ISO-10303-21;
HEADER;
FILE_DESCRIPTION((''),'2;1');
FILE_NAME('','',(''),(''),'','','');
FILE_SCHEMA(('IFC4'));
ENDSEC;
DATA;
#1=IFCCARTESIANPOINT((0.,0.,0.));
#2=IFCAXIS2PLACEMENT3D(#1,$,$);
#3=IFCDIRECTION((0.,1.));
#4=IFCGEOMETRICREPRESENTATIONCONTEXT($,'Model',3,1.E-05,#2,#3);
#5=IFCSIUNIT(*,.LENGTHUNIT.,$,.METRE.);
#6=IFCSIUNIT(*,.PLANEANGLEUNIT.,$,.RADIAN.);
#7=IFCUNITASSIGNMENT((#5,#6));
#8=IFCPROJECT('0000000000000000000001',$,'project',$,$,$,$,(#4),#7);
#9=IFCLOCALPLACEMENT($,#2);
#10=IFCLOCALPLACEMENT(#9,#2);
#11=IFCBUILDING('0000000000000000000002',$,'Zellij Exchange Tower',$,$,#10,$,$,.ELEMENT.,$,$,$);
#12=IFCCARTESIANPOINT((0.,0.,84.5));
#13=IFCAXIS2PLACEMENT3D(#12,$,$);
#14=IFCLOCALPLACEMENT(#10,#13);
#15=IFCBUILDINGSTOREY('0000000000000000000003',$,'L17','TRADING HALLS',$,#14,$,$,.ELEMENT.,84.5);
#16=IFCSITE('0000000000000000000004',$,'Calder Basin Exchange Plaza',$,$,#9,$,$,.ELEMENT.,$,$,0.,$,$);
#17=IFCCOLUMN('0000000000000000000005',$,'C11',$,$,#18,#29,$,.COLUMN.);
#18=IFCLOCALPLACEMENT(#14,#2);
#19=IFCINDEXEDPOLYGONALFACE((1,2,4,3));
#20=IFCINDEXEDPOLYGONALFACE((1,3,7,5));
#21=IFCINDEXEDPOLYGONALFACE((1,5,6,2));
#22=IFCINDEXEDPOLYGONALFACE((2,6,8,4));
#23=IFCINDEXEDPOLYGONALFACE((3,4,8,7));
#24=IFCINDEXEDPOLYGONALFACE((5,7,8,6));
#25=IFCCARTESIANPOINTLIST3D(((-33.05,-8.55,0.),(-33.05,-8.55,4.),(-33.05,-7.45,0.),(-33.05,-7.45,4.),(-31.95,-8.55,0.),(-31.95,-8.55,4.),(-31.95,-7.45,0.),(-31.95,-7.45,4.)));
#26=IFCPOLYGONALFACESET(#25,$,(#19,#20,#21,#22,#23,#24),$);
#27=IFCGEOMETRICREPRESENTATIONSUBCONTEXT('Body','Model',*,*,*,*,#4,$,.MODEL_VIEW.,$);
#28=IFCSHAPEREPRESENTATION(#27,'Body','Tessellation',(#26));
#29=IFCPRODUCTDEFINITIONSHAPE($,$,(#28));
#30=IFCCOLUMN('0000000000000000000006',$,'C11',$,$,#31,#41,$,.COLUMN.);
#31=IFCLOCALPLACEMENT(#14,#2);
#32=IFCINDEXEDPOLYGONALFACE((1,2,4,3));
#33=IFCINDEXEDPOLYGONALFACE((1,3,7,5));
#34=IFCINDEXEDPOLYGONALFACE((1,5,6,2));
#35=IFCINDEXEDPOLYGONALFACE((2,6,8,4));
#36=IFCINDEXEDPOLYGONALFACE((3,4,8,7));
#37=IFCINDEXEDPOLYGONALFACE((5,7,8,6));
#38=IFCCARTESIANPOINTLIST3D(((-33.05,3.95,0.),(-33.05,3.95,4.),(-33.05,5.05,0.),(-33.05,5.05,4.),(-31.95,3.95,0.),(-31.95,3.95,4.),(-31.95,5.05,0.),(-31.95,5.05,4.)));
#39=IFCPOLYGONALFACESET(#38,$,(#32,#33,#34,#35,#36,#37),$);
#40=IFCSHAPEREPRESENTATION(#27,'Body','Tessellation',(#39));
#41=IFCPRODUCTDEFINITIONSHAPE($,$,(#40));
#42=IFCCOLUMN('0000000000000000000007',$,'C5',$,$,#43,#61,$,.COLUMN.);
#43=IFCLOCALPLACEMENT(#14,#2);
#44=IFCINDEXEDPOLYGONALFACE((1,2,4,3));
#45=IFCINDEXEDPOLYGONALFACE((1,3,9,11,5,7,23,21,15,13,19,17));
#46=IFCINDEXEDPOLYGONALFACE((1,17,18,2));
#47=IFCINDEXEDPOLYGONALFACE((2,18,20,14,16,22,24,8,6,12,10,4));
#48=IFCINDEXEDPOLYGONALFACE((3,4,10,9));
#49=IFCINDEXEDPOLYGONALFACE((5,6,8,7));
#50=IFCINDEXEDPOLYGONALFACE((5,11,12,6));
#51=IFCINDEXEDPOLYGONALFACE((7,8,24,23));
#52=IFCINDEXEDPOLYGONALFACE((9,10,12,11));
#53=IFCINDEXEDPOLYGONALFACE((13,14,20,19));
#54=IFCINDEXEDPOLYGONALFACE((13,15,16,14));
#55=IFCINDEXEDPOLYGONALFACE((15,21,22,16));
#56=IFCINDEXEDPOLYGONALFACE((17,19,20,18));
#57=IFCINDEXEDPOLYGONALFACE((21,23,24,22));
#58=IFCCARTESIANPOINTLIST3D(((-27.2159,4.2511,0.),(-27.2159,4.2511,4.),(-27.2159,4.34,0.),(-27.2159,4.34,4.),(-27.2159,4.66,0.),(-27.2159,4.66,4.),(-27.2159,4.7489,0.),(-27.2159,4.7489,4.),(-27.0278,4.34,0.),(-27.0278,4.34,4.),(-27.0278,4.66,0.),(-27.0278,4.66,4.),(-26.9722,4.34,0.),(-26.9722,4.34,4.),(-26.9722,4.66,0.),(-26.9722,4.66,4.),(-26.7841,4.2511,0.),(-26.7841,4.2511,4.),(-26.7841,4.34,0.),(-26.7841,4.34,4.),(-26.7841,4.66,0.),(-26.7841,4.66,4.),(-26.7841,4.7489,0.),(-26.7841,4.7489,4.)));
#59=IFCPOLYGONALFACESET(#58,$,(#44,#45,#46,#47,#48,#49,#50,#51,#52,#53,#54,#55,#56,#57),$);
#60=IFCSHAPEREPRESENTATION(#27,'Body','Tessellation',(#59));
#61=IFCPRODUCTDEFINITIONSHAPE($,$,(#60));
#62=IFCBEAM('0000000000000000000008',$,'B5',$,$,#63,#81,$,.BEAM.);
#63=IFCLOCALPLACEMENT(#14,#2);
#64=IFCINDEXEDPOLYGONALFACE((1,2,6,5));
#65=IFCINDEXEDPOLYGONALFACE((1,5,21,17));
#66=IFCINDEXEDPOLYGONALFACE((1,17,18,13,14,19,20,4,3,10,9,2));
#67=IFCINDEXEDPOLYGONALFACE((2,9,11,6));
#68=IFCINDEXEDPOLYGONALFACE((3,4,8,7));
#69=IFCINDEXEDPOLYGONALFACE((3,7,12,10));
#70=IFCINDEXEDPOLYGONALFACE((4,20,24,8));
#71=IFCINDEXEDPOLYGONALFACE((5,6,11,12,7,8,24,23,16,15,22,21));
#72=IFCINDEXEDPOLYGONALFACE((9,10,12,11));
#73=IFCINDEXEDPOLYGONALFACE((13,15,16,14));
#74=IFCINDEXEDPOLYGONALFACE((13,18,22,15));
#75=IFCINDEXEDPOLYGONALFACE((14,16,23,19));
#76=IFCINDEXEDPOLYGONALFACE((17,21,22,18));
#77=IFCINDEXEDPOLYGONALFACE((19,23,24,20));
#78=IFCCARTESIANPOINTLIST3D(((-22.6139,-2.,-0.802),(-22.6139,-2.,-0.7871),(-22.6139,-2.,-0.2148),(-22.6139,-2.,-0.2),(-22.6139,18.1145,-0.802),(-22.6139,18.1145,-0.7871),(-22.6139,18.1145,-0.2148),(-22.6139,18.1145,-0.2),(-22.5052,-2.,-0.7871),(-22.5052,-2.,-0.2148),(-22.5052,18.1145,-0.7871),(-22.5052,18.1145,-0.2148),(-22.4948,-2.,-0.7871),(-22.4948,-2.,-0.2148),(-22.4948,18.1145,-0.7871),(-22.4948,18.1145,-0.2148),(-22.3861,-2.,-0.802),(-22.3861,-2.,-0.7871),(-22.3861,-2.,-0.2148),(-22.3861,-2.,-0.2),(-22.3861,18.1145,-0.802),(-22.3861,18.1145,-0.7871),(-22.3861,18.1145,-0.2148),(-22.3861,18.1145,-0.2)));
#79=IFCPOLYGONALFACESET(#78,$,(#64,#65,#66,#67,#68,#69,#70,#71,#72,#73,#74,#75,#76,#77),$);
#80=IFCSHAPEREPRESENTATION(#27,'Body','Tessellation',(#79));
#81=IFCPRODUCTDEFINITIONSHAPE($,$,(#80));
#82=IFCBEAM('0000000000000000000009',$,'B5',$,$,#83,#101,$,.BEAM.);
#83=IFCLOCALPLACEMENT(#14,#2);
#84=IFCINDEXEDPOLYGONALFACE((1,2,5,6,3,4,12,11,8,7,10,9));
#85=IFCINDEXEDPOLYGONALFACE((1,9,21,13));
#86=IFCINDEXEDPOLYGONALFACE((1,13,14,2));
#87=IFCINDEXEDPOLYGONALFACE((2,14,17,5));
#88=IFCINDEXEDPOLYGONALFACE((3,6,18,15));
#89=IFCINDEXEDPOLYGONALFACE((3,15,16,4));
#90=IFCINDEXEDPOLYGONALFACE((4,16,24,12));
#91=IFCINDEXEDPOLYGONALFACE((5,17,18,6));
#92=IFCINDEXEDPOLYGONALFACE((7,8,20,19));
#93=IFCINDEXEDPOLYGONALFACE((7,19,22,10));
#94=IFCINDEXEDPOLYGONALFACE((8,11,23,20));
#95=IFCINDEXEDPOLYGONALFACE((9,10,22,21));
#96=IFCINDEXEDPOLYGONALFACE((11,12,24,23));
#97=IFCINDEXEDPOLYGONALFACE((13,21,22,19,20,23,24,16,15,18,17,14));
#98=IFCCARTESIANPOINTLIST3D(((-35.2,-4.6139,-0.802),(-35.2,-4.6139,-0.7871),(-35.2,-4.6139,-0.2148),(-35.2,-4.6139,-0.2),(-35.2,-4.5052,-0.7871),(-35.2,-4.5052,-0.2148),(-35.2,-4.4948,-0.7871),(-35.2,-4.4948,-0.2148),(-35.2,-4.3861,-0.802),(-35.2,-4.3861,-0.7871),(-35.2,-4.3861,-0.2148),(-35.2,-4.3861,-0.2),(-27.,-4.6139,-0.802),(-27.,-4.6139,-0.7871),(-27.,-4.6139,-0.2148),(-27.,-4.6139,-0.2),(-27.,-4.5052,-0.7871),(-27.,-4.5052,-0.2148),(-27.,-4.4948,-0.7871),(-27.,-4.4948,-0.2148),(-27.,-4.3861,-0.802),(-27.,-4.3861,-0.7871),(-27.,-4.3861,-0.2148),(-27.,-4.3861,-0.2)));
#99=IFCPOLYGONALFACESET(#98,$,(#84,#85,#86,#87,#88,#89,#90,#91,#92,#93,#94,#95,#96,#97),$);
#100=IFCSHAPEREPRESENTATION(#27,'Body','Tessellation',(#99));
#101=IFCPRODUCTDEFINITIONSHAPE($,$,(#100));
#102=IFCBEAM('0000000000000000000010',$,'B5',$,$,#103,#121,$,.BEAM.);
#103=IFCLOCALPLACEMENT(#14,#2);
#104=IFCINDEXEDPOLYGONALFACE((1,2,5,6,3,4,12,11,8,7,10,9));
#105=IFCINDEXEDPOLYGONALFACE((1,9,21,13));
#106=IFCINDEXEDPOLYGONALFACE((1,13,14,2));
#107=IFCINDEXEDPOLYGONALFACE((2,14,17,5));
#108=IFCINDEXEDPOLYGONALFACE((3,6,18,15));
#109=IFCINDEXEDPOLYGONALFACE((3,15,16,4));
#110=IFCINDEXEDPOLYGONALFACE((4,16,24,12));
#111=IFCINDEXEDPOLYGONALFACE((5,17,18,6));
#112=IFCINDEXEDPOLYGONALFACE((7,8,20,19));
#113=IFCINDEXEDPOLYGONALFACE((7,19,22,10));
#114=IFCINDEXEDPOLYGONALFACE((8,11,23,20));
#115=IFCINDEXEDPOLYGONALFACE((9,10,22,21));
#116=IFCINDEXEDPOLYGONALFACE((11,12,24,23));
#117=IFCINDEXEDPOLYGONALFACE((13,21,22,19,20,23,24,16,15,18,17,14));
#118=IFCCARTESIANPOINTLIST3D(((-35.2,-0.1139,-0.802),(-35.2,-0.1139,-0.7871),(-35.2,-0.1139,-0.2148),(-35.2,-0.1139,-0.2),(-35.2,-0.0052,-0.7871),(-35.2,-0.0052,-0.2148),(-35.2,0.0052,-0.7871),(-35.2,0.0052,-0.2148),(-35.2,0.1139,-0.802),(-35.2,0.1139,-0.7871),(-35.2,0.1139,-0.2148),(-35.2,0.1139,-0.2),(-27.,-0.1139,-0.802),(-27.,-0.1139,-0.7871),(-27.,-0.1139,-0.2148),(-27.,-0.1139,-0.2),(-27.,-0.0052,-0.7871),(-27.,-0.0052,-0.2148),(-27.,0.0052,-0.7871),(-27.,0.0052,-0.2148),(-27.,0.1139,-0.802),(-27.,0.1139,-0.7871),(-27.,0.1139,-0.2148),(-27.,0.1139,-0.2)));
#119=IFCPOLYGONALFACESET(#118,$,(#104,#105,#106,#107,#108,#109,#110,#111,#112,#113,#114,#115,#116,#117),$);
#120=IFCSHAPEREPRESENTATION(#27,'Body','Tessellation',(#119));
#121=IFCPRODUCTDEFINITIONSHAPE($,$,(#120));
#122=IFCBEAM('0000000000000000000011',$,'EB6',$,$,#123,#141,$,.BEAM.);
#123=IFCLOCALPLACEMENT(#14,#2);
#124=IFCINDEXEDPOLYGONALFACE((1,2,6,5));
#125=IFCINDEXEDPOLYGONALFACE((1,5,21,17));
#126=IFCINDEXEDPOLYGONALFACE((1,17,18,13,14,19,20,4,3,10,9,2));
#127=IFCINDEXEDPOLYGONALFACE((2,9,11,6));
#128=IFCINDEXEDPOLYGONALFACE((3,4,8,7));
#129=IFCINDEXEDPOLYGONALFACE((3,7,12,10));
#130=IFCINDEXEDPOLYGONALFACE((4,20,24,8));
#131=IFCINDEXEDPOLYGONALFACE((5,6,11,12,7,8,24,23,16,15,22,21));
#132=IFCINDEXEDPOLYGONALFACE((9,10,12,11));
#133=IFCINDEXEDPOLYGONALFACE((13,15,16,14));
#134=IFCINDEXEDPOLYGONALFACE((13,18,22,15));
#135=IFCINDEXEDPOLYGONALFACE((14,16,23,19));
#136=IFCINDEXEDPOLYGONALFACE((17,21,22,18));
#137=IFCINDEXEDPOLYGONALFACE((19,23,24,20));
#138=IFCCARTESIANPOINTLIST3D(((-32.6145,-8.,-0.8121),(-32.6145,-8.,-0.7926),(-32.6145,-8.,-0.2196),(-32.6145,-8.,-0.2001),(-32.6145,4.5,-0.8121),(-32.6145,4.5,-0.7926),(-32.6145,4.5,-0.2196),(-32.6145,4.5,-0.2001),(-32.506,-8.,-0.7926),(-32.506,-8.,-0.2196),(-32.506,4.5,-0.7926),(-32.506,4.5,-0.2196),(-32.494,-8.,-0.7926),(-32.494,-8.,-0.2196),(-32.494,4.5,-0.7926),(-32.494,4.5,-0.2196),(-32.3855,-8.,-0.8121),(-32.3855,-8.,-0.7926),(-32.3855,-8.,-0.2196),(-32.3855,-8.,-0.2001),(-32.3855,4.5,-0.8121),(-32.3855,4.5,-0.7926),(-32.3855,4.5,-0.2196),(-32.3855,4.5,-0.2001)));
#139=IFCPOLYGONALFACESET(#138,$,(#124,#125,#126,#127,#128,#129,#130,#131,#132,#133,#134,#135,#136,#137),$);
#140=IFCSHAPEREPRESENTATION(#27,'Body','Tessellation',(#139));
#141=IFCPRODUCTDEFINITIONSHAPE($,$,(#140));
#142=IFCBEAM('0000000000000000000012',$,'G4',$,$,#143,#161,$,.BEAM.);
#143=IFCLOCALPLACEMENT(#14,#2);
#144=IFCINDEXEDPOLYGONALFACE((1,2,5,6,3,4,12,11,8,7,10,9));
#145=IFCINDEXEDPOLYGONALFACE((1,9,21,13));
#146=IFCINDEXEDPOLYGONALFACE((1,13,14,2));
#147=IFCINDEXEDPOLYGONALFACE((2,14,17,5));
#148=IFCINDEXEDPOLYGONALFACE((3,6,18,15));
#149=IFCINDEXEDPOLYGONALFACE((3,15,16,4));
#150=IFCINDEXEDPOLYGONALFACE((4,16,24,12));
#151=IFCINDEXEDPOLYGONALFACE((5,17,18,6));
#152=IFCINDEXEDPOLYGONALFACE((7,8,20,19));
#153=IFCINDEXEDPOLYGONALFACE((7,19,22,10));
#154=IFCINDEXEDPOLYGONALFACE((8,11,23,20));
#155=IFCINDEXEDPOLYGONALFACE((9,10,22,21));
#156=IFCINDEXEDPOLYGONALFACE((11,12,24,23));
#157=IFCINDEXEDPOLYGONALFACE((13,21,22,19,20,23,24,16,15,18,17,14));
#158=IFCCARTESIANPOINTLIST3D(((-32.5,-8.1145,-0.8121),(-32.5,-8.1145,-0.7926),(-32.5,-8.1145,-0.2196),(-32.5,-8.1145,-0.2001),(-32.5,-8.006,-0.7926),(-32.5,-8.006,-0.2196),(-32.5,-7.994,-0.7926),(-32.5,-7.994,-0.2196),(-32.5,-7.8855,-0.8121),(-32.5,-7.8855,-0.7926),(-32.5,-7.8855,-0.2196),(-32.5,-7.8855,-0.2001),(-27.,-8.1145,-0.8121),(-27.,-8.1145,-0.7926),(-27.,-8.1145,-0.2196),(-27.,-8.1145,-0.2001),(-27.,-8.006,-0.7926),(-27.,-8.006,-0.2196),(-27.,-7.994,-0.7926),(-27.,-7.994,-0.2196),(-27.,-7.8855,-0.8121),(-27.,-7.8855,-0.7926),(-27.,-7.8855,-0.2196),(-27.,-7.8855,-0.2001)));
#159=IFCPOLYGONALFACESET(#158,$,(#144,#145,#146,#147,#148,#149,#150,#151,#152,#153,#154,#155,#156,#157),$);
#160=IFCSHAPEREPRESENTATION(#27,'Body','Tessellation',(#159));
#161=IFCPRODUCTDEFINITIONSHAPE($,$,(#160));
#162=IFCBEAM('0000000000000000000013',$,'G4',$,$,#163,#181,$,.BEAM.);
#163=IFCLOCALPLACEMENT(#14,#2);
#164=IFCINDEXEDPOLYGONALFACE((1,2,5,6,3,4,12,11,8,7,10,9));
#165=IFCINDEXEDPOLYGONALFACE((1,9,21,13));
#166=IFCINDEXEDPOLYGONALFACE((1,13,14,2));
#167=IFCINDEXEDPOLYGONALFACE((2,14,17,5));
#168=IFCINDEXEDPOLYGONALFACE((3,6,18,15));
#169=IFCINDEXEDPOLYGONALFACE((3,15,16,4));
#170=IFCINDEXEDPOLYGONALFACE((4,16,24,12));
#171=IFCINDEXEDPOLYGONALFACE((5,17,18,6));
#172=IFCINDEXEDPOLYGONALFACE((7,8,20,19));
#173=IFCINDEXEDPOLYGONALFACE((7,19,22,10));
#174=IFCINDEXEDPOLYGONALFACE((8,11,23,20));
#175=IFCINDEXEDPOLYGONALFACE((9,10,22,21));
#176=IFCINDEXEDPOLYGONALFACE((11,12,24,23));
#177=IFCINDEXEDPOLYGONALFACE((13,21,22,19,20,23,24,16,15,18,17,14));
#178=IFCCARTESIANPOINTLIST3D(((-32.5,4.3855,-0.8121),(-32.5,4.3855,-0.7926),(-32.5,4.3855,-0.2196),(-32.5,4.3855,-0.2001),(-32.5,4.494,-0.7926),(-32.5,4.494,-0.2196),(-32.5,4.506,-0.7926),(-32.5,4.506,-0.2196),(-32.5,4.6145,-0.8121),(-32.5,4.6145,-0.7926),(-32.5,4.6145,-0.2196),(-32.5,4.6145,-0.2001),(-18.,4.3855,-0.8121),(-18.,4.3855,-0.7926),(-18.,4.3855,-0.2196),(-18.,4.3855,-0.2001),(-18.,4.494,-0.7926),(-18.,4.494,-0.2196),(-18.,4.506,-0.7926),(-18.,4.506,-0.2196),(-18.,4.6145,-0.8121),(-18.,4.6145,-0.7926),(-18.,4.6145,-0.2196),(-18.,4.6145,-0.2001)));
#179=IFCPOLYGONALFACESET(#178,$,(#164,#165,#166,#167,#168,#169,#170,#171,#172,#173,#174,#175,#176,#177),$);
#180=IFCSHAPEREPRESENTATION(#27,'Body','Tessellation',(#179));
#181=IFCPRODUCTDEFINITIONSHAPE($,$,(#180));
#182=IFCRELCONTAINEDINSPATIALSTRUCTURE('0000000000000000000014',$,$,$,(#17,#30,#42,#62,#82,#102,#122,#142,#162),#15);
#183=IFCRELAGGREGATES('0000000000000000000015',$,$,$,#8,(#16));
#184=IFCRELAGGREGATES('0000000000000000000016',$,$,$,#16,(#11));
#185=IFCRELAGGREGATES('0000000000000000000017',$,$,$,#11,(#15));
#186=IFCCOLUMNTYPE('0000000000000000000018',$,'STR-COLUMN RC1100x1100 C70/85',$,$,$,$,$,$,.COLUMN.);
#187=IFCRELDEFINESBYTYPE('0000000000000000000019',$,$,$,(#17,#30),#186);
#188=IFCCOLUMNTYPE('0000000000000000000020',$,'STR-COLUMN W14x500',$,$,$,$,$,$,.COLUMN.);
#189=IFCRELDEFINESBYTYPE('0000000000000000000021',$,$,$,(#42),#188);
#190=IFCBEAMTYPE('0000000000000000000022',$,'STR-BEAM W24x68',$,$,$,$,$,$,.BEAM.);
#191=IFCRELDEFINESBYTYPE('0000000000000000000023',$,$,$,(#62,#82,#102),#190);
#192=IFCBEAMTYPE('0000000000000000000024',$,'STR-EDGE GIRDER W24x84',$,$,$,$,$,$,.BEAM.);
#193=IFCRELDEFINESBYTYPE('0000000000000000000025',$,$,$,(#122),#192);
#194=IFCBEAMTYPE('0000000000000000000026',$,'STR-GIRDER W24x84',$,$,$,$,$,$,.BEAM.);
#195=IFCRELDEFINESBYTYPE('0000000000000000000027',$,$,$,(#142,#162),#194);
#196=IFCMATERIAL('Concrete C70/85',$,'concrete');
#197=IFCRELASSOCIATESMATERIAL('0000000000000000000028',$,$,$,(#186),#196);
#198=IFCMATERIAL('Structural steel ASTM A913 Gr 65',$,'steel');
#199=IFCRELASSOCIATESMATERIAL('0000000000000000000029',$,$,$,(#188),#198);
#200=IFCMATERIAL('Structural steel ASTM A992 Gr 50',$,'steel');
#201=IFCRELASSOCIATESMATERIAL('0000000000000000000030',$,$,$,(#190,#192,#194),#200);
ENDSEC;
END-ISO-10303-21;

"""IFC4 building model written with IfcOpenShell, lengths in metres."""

from ifc_helpers import new_model, si_unit, direction, frame, origin, origin_2d, place, context, subcontext, project, spatial, rectangle, i_section, extrude, material, material_profile, profile_set, type_object, element, save


model = new_model("IFC4")

# Units and contexts
model_context = context("Model", 3, precision=1e-05, world=origin(), true_north=direction((0.0, 1.0)))
body_context = subcontext(model_context, "Body", "Model", "MODEL_VIEW")
ifc_project = project(units=[si_unit("LENGTHUNIT", "METRE"), si_unit("PLANEANGLEUNIT", "RADIAN")], contexts=[model_context])

# Site, building, storey
site_placement = place(None, origin())
site = spatial("IfcSite", under=ifc_project, at=site_placement, Name="Calder Basin Exchange Plaza", CompositionType="ELEMENT", RefElevation=0.0)
building_placement = place(site_placement, origin())
building = spatial("IfcBuilding", under=site, at=building_placement, Name="Zellij Exchange Tower", CompositionType="ELEMENT")
storey_placement = place(building_placement, frame((0.0, 0.0, 84.5)))
storey = spatial("IfcBuildingStorey", under=building, at=storey_placement, Name="L17", Description="TRADING HALLS", CompositionType="ELEMENT", Elevation=84.5)

# Columns
ifc_material_1 = material(Name="Concrete C70/85", Category="concrete")
ifc_material_profile_1 = material_profile(ifc_material_1, rectangle(XDim=1.1001, YDim=1.1001, at=origin_2d()), Name="STR-COLUMN RC1100x1100 C70/85")
ifc_profile_set_1 = profile_set([ifc_material_profile_1], Name="Concrete C70/85")
column_type_1 = type_object("IfcColumnType", Name="STR-COLUMN RC1100x1100 C70/85", PredefinedType="COLUMN", material=ifc_profile_set_1)
for number, where, z_axis, x_axis, name in (
    (1, (-32.5, -8.0, 0.0), (0.0, 0.0, 1.0), (1.0, 0.0, 0.0), "C11"),
    (2, (-32.5, 4.5, 0.0), (0.0, 0.0, 1.0), (1.0, 0.0, 0.0), "C11"),
):
    element("IfcColumn", number, at=place(storey_placement, frame(where, z_axis=z_axis, x_axis=x_axis)), inside=storey, type_object=column_type_1, Name=name, PredefinedType="COLUMN", context=body_context, shape_type="SweptSolid", body=[
        extrude(rectangle(XDim=1.1001, YDim=1.1001, at=origin_2d()), origin(), (0.0, 0.0, 1.0), 4.0),
    ])
ifc_material_2 = material(Name="Structural steel ASTM A913 Gr 65", Category="steel")
ifc_material_profile_2 = material_profile(ifc_material_2, i_section(OverallWidth=0.4319, OverallDepth=0.4978, WebThickness=0.0557, FlangeThickness=0.0889, at=origin_2d()), Name="W14x500")
ifc_profile_set_2 = profile_set([ifc_material_profile_2], Name="Structural steel ASTM A913 Gr 65")
column_type_2 = type_object("IfcColumnType", Name="STR-COLUMN W14x500", PredefinedType="COLUMN", material=ifc_profile_set_2)
column_placement = place(storey_placement, frame((-27.0, 4.5, 0.0), z_axis=(0.0, 0.0, 1.0), x_axis=(1.0, 0.0, 0.0)))
element("IfcColumn", 3, at=column_placement, inside=storey, type_object=column_type_2, Name="C5", PredefinedType="COLUMN", context=body_context, shape_type="SweptSolid", body=[
    extrude(i_section(OverallWidth=0.4319, OverallDepth=0.4978, WebThickness=0.0557, FlangeThickness=0.0889, at=origin_2d()), origin(), (0.0, 0.0, 1.0), 4.0),
])

# Beams
ifc_material_3 = material(Name="Structural steel ASTM A992 Gr 50", Category="steel")
ifc_material_profile_3 = material_profile(ifc_material_3, i_section(OverallWidth=0.2278, OverallDepth=0.6021, WebThickness=0.0105, FlangeThickness=0.0149, at=origin_2d()), Name="W24x68")
ifc_profile_set_3 = profile_set([ifc_material_profile_3], Name="Structural steel ASTM A992 Gr 50")
beam_type_1 = type_object("IfcBeamType", Name="STR-BEAM W24x68", PredefinedType="BEAM", material=ifc_profile_set_3)
beam_1_placement = place(storey_placement, frame((-22.5, -2.0, -0.501), z_axis=(0.0, 1.0, 0.0), x_axis=(-1.0, 0.0, 0.0)))
element("IfcBeam", 4, at=beam_1_placement, inside=storey, type_object=beam_type_1, Name="B5", PredefinedType="BEAM", context=body_context, shape_type="SweptSolid", body=[
    extrude(i_section(OverallWidth=0.2278, OverallDepth=0.6021, WebThickness=0.0105, FlangeThickness=0.0149, at=origin_2d()), origin(), (0.0, 0.0, 1.0), 20.1145),
])
for number, where, z_axis, x_axis, name in (
    (5, (-35.2, -4.5, -0.501), (1.0, 0.0, 0.0), (0.0, 1.0, 0.0), "B5"),
    (6, (-35.2, 0.0, -0.501), (1.0, 0.0, 0.0), (0.0, 1.0, 0.0), "B5"),
):
    element("IfcBeam", number, at=place(storey_placement, frame(where, z_axis=z_axis, x_axis=x_axis)), inside=storey, type_object=beam_type_1, Name=name, PredefinedType="BEAM", context=body_context, shape_type="SweptSolid", body=[
        extrude(i_section(OverallWidth=0.2278, OverallDepth=0.6021, WebThickness=0.0105, FlangeThickness=0.0149, at=origin_2d()), origin(), (0.0, 0.0, 1.0), 8.2),
    ])
ifc_material_profile_4 = material_profile(ifc_material_3, i_section(OverallWidth=0.229, OverallDepth=0.6121, WebThickness=0.012, FlangeThickness=0.0195, at=origin_2d()), Name="W24x84")
ifc_profile_set_4 = profile_set([ifc_material_profile_4], Name="Structural steel ASTM A992 Gr 50")
beam_type_2 = type_object("IfcBeamType", Name="STR-EDGE GIRDER W24x84", PredefinedType="BEAM", material=ifc_profile_set_4)
beam_2_placement = place(storey_placement, frame((-32.5, -8.0, -0.5061), z_axis=(0.0, 1.0, 0.0), x_axis=(-1.0, 0.0, 0.0)))
element("IfcBeam", 7, at=beam_2_placement, inside=storey, type_object=beam_type_2, Name="EB6", PredefinedType="BEAM", context=body_context, shape_type="SweptSolid", body=[
    extrude(i_section(OverallWidth=0.229, OverallDepth=0.6121, WebThickness=0.012, FlangeThickness=0.0195, at=origin_2d()), origin(), (0.0, 0.0, 1.0), 12.5),
])
ifc_material_profile_5 = material_profile(ifc_material_3, i_section(OverallWidth=0.229, OverallDepth=0.6121, WebThickness=0.012, FlangeThickness=0.0195, at=origin_2d()), Name="W24x84")
ifc_profile_set_5 = profile_set([ifc_material_profile_5], Name="Structural steel ASTM A992 Gr 50")
beam_type_3 = type_object("IfcBeamType", Name="STR-GIRDER W24x84", PredefinedType="BEAM", material=ifc_profile_set_5)
beam_3_placement = place(storey_placement, frame((-32.5, -8.0, -0.5061), z_axis=(1.0, 0.0, 0.0), x_axis=(0.0, 1.0, 0.0)))
element("IfcBeam", 8, at=beam_3_placement, inside=storey, type_object=beam_type_3, Name="G4", PredefinedType="BEAM", context=body_context, shape_type="SweptSolid", body=[
    extrude(i_section(OverallWidth=0.229, OverallDepth=0.6121, WebThickness=0.012, FlangeThickness=0.0195, at=origin_2d()), origin(), (0.0, 0.0, 1.0), 5.5),
])
beam_4_placement = place(storey_placement, frame((-32.5, 4.5, -0.5061), z_axis=(1.0, 0.0, 0.0), x_axis=(0.0, 1.0, 0.0)))
element("IfcBeam", 9, at=beam_4_placement, inside=storey, type_object=beam_type_3, Name="G4", PredefinedType="BEAM", context=body_context, shape_type="SweptSolid", body=[
    extrude(i_section(OverallWidth=0.229, OverallDepth=0.6121, WebThickness=0.012, FlangeThickness=0.0195, at=origin_2d()), origin(), (0.0, 0.0, 1.0), 14.5),
])

save(model, "model.ifc")
